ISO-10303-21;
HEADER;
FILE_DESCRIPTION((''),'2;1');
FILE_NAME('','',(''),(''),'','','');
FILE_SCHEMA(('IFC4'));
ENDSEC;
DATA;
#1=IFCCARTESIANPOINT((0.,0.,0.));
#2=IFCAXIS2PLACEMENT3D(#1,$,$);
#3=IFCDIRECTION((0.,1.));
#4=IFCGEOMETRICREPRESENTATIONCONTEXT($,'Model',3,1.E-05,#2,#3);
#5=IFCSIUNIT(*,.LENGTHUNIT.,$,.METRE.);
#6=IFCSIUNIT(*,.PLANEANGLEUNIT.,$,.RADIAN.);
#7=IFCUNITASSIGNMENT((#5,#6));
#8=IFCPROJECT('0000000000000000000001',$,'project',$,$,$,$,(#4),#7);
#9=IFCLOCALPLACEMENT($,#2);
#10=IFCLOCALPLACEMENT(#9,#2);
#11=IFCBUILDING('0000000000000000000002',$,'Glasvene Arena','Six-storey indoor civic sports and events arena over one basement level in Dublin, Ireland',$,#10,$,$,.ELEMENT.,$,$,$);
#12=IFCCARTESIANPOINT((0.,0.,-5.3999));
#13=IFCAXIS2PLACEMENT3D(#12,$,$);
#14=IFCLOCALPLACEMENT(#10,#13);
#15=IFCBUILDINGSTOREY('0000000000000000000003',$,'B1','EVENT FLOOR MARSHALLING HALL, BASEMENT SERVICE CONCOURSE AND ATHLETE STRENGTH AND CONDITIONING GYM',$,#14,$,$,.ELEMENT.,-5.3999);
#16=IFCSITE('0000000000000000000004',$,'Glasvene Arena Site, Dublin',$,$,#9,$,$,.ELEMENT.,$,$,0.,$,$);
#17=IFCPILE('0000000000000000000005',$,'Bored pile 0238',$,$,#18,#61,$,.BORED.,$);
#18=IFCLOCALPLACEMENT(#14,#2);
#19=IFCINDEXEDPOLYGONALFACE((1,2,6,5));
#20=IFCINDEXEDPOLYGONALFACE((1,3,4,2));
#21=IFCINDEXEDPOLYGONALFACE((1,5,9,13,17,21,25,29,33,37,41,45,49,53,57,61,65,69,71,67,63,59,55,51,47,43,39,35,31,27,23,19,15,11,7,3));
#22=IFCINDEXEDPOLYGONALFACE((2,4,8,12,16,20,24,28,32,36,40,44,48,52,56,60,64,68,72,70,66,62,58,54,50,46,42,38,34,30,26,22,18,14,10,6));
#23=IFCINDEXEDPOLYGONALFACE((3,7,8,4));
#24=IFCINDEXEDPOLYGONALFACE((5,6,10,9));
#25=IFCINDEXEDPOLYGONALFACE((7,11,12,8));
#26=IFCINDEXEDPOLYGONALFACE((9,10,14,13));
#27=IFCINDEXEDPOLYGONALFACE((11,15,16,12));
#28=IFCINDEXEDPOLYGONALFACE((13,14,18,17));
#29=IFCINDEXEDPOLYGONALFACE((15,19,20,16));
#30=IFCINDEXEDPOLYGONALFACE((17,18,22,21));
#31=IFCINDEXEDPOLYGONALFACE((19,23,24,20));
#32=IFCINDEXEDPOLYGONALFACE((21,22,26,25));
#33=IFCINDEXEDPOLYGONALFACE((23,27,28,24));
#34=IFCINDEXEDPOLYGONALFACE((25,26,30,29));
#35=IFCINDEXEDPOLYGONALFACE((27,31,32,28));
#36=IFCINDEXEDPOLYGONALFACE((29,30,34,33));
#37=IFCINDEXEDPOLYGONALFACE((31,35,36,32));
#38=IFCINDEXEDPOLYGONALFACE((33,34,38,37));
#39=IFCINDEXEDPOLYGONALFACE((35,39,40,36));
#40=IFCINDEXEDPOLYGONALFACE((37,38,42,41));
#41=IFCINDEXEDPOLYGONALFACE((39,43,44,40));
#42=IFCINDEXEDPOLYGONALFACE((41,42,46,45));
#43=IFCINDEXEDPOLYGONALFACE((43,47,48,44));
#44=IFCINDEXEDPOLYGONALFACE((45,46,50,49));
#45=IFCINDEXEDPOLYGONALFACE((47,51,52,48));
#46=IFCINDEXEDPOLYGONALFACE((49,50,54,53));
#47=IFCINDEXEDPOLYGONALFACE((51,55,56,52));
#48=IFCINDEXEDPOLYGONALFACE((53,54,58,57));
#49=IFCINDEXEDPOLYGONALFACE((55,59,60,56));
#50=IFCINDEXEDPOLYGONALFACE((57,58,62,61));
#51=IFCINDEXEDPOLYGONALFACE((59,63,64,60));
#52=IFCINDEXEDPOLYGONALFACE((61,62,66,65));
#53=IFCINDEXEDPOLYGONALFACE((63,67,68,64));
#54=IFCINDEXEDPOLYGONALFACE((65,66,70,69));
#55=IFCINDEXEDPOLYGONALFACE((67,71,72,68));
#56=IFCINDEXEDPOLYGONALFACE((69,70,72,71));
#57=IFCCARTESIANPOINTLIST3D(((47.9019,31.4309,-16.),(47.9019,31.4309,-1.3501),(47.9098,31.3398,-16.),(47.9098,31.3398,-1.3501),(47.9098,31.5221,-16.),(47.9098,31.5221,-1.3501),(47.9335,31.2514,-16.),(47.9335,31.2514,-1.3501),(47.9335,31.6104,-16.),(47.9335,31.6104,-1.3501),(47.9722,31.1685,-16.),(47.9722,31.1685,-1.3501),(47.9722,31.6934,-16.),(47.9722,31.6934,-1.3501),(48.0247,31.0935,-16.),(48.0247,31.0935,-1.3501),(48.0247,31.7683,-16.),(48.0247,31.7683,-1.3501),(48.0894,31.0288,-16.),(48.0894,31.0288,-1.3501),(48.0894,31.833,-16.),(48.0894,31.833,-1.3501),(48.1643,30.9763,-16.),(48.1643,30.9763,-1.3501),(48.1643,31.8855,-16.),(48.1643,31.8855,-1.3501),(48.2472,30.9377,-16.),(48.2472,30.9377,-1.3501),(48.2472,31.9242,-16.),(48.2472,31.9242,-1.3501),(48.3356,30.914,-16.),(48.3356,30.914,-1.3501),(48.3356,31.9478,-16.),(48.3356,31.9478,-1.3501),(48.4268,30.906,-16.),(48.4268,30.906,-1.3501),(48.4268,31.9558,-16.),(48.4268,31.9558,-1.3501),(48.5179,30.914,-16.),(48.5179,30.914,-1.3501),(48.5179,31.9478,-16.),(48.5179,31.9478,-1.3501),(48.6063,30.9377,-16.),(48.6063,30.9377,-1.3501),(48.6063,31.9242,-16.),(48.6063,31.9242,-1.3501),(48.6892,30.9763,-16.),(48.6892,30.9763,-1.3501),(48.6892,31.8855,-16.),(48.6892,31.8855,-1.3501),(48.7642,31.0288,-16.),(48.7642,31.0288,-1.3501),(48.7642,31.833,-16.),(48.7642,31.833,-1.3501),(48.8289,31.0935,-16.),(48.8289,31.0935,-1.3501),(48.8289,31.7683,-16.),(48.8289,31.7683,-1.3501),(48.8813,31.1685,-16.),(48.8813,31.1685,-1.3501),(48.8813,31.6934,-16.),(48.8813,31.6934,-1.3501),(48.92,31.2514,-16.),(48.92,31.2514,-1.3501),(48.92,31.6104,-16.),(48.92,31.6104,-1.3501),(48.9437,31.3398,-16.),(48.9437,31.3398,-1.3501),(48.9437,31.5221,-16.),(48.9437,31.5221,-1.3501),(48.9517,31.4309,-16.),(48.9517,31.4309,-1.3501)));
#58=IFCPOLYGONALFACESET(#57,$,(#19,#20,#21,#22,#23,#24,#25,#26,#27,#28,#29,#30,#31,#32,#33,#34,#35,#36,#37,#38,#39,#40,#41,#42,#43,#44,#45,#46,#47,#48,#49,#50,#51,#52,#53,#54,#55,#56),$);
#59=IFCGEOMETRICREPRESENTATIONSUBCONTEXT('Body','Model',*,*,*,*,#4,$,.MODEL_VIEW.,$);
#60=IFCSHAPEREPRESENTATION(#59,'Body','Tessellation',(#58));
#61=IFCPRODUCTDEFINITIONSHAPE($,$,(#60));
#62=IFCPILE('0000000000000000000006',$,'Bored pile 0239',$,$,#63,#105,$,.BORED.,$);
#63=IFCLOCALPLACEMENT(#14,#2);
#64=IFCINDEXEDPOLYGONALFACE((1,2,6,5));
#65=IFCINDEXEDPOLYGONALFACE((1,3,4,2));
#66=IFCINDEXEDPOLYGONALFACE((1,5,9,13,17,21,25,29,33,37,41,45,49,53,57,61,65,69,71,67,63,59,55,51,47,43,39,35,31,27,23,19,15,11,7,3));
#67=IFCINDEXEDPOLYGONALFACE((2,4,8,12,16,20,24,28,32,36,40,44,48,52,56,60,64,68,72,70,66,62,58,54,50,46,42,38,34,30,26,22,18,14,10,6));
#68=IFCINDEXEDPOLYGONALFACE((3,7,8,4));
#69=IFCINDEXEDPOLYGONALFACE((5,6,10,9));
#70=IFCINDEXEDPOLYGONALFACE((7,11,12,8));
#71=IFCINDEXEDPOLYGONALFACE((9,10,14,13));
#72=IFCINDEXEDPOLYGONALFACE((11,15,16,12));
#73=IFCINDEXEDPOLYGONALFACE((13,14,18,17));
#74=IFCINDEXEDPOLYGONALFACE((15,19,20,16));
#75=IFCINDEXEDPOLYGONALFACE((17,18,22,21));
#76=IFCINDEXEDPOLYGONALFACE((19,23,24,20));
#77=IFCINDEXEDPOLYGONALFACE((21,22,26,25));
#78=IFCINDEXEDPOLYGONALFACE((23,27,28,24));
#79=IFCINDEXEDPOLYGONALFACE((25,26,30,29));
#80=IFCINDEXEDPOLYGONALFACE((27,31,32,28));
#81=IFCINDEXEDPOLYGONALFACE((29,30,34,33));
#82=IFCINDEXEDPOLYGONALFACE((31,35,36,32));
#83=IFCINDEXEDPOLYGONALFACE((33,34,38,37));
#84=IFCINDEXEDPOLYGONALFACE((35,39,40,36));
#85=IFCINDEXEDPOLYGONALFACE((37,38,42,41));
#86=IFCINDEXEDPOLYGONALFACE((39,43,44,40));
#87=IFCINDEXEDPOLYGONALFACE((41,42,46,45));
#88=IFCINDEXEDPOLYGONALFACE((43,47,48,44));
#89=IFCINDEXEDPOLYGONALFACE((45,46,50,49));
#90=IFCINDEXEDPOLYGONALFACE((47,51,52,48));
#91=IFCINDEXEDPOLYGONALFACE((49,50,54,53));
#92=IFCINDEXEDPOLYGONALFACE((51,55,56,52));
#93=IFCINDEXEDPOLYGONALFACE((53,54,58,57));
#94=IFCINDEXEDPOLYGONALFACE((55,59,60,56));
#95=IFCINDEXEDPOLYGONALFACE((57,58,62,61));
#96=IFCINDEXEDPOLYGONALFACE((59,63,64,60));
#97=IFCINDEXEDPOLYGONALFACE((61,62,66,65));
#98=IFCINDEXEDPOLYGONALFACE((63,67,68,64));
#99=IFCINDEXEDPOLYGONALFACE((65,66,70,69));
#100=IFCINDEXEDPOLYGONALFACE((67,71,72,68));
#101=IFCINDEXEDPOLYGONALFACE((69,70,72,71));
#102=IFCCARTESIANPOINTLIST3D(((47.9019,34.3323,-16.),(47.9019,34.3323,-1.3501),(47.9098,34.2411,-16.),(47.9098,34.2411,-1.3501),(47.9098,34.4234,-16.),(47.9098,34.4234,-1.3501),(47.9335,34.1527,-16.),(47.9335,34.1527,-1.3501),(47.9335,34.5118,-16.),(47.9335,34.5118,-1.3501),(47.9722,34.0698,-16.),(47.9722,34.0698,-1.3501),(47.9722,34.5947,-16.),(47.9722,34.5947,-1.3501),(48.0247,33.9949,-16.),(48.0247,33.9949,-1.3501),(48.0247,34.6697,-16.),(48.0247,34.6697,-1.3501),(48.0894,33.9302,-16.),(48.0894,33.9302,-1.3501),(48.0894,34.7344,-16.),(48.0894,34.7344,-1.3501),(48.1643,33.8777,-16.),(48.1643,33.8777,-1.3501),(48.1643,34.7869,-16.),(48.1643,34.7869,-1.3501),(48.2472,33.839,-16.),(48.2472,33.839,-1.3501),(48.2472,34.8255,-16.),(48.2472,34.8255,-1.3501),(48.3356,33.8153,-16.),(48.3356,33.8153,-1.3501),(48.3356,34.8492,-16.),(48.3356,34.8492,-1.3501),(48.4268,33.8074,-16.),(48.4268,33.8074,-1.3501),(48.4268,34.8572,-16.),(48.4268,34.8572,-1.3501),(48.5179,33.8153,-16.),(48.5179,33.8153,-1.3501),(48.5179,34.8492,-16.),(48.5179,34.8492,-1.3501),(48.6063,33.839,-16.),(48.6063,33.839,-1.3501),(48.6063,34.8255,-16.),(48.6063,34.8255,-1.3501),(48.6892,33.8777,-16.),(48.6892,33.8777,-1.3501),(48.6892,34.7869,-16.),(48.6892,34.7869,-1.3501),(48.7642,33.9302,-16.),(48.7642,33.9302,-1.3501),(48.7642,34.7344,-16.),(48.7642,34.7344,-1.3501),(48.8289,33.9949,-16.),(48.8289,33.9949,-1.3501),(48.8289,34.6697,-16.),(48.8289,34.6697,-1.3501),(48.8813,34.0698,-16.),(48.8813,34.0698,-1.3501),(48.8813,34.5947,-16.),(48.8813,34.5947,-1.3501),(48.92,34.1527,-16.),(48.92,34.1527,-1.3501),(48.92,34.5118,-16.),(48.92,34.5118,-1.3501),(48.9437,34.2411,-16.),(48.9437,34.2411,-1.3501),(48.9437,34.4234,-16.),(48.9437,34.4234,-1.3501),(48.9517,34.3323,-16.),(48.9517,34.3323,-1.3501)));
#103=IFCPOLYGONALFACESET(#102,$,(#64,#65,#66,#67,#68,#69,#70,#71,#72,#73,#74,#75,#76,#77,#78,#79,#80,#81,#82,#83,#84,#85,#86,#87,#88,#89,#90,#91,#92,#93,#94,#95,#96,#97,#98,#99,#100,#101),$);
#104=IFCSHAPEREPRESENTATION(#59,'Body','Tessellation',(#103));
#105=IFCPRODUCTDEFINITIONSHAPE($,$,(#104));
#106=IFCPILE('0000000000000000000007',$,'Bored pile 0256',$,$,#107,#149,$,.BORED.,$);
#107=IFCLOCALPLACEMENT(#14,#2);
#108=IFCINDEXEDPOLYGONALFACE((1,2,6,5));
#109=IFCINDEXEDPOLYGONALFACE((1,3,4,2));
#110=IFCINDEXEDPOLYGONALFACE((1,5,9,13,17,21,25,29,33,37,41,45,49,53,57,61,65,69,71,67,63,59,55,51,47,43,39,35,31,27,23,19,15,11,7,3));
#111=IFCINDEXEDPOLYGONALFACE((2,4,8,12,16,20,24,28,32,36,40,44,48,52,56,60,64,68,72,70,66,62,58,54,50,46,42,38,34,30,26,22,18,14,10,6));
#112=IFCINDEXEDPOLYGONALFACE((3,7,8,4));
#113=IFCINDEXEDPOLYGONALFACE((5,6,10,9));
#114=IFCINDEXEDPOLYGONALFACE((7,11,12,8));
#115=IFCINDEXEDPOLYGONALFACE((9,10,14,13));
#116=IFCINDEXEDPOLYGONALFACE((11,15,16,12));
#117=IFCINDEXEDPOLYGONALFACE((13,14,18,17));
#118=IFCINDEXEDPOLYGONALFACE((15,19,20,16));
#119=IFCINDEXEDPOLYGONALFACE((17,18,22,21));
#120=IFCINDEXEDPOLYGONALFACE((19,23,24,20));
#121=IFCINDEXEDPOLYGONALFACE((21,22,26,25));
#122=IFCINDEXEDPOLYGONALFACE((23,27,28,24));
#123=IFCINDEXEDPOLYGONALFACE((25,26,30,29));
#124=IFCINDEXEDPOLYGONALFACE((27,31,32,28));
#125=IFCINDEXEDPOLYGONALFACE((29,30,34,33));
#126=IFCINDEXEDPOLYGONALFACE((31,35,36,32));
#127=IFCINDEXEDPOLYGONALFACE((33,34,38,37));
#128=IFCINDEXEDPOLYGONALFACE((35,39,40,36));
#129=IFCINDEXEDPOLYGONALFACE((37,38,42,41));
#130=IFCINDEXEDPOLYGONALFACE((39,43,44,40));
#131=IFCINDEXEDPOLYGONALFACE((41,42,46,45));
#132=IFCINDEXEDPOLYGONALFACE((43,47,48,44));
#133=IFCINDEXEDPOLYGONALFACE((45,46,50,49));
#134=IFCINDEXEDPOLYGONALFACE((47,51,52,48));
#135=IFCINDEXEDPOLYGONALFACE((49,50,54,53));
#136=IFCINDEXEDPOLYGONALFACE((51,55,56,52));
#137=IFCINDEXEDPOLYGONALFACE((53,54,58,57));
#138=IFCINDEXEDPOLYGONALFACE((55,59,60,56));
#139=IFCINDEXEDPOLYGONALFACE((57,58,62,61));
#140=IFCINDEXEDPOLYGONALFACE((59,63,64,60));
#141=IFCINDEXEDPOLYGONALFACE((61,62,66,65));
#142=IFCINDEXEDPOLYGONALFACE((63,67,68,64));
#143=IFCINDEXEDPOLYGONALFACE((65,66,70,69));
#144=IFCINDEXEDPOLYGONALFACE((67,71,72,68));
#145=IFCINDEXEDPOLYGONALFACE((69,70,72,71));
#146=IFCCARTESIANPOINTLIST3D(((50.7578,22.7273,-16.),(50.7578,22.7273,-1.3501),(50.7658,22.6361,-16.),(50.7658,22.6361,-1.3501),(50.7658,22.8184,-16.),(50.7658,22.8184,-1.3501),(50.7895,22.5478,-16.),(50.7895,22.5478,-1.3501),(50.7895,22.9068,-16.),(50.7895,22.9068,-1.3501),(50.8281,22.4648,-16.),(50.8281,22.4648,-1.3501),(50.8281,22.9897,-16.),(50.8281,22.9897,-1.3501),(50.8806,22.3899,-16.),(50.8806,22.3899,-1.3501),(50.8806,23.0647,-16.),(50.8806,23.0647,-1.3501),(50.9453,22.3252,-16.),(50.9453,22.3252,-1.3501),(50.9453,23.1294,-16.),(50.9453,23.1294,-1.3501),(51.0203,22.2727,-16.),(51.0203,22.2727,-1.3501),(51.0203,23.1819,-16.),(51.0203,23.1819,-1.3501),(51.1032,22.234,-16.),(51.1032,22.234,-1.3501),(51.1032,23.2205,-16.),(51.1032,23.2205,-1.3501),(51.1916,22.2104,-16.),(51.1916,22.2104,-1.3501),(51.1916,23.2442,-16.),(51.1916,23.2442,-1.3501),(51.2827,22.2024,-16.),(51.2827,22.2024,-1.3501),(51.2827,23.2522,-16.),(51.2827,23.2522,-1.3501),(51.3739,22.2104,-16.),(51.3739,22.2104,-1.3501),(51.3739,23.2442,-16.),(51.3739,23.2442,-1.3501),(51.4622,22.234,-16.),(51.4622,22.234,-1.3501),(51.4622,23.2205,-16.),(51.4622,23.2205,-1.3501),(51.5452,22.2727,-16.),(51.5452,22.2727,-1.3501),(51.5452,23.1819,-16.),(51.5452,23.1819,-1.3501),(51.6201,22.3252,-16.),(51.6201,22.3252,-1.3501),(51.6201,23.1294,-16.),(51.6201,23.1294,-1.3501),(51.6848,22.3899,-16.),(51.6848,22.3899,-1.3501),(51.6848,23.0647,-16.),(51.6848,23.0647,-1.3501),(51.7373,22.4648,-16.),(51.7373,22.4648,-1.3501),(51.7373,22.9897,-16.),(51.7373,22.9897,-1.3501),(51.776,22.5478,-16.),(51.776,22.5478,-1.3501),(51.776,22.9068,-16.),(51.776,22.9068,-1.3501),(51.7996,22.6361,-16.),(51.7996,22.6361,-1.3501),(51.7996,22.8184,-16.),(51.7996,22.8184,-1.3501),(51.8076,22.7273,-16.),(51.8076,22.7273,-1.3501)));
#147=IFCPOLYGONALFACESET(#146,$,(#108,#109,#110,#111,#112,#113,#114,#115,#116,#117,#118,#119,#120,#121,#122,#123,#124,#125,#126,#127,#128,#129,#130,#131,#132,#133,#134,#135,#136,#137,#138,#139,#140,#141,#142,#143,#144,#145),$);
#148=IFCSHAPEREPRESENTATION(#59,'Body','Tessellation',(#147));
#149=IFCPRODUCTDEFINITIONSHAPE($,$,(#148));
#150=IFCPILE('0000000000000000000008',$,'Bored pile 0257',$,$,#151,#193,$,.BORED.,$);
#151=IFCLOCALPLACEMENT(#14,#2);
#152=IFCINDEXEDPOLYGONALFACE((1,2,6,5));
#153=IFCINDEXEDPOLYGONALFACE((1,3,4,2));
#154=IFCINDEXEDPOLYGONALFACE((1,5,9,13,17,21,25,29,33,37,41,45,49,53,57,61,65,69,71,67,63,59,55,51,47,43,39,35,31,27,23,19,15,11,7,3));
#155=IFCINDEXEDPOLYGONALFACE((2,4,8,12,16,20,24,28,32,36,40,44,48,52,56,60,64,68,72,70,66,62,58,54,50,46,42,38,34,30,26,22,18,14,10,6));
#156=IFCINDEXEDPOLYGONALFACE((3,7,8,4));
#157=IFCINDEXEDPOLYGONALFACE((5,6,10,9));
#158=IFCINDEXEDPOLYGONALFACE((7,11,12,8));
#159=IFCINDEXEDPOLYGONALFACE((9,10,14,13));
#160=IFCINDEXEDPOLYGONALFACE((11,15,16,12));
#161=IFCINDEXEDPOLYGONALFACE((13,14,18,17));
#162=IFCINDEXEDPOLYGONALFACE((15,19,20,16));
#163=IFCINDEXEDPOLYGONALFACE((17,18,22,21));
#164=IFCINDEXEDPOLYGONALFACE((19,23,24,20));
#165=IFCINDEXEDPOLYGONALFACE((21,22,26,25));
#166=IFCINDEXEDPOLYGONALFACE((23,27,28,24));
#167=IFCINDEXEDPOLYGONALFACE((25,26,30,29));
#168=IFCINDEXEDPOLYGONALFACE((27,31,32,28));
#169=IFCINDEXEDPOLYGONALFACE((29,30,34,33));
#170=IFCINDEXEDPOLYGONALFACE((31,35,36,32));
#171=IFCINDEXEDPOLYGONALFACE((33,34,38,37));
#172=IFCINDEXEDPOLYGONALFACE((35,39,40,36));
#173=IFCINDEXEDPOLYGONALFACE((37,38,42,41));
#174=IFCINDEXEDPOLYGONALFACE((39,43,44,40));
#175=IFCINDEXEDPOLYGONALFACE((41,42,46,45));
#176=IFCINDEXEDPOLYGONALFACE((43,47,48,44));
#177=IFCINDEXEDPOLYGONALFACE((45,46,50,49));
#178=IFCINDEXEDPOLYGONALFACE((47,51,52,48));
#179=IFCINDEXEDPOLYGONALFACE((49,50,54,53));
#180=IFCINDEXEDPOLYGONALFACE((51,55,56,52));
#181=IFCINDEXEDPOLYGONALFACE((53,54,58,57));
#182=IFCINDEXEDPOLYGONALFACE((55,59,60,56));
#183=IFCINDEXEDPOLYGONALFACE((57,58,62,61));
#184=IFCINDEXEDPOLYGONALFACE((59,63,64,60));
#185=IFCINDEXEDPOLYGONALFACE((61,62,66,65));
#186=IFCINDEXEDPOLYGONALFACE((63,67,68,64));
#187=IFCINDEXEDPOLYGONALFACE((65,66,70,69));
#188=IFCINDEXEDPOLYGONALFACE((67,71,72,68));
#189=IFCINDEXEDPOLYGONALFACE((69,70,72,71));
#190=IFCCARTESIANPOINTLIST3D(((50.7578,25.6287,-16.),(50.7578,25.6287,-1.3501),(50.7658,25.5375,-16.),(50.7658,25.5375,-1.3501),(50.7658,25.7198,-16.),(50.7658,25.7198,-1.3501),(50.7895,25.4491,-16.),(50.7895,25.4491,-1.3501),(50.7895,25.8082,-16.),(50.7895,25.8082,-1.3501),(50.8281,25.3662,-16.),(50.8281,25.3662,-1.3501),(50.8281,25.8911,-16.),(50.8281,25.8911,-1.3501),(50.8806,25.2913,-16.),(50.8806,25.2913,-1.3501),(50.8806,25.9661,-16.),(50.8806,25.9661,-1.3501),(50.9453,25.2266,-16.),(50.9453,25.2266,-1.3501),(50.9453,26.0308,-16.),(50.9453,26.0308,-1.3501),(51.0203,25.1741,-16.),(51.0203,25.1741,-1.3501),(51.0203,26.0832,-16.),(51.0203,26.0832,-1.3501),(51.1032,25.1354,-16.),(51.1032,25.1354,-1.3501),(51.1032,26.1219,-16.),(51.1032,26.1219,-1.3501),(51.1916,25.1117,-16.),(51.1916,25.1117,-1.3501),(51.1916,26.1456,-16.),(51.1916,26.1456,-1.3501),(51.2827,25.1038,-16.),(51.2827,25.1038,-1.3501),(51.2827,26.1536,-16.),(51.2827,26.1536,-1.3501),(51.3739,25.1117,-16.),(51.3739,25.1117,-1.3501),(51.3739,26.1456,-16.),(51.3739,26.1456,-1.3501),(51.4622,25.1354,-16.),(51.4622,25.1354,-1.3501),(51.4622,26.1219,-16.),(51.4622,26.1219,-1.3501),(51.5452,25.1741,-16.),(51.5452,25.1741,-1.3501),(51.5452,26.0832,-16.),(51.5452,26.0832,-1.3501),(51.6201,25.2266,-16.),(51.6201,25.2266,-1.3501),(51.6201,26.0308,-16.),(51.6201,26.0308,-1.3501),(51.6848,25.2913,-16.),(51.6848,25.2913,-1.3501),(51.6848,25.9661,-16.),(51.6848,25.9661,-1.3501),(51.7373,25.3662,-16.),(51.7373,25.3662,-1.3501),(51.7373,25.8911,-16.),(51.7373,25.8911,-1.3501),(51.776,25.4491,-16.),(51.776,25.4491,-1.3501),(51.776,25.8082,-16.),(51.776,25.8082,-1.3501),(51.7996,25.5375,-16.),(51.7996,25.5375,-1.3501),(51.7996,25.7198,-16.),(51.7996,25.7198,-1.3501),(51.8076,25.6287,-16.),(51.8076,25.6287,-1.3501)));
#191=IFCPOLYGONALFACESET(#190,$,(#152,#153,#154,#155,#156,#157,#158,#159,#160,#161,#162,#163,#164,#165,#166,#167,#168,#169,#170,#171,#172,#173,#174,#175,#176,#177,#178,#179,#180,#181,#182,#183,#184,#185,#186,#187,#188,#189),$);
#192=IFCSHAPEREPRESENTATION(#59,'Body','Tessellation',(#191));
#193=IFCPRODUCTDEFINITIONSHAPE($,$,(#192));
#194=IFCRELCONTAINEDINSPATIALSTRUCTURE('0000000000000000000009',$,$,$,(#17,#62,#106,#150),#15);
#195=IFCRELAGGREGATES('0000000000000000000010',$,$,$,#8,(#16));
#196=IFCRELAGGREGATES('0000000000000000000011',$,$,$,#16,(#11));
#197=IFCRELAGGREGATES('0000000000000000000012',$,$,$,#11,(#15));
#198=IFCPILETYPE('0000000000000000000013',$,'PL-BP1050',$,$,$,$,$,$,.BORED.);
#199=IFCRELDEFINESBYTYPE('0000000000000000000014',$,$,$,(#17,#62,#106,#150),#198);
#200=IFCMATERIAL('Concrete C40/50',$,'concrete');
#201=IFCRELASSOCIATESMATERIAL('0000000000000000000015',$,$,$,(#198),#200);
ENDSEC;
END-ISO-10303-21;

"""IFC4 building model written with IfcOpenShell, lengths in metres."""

from ifc_helpers import new_model, si_unit, direction, frame, origin, origin_2d, place, context, subcontext, project, spatial, circle, extrude, material, material_profile, profile_set, type_object, element, save


model = new_model("IFC4")

# Units and contexts
model_context = context("Model", 3, precision=1e-05, world=origin(), true_north=direction((0.0, 1.0)))
body_context = subcontext(model_context, "Body", "Model", "MODEL_VIEW")
ifc_project = project(units=[si_unit("LENGTHUNIT", "METRE"), si_unit("PLANEANGLEUNIT", "RADIAN")], contexts=[model_context])

# Site, building, storey
site_placement = place(None, origin())
site = spatial("IfcSite", under=ifc_project, at=site_placement, Name="Glasvene Arena Site, Dublin", CompositionType="ELEMENT", RefElevation=0.0)
building_placement = place(site_placement, origin())
building = spatial("IfcBuilding", under=site, at=building_placement, Name="Glasvene Arena", Description="Six-storey indoor civic sports and events arena over one basement level in Dublin, Ireland", CompositionType="ELEMENT")
storey_placement = place(building_placement, frame((0.0, 0.0, -5.3999)))
storey = spatial("IfcBuildingStorey", under=building, at=storey_placement, Name="B1", Description="EVENT FLOOR MARSHALLING HALL, BASEMENT SERVICE CONCOURSE AND ATHLETE STRENGTH AND CONDITIONING GYM", CompositionType="ELEMENT", Elevation=-5.3999)

# Piles
ifc_material_1 = material(Name="Concrete C40/50", Category="concrete")
ifc_material_profile_1 = material_profile(ifc_material_1, circle(Radius=0.5249, at=origin_2d()), Name="BORED PILE 1050")
ifc_profile_set_1 = profile_set([ifc_material_profile_1], Name="Concrete C40/50")
pile_type = type_object("IfcPileType", Name="PL-BP1050", PredefinedType="BORED", material=ifc_profile_set_1)
for number, where, z_axis, x_axis, name in (
    (1, (48.4268, 31.4309, -1.3501), (0.0, 0.0, -1.0), (1.0, 0.0, 0.0), "Bored pile 0238"),
    (2, (48.4268, 34.3323, -1.3501), (0.0, 0.0, -1.0), (1.0, 0.0, 0.0), "Bored pile 0239"),
    (3, (51.2827, 22.7273, -1.3501), (0.0, 0.0, -1.0), (1.0, 0.0, 0.0), "Bored pile 0256"),
    (4, (51.2827, 25.6287, -1.3501), (0.0, 0.0, -1.0), (1.0, 0.0, 0.0), "Bored pile 0257"),
):
    element("IfcPile", number, at=place(storey_placement, frame(where, z_axis=z_axis, x_axis=x_axis)), inside=storey, type_object=pile_type, Name=name, PredefinedType="BORED", context=body_context, shape_type="SweptSolid", body=[
        extrude(circle(Radius=0.5249, at=origin_2d()), origin(), (0.0, 0.0, 1.0), 14.6499),
    ])

save(model, "model.ifc")
